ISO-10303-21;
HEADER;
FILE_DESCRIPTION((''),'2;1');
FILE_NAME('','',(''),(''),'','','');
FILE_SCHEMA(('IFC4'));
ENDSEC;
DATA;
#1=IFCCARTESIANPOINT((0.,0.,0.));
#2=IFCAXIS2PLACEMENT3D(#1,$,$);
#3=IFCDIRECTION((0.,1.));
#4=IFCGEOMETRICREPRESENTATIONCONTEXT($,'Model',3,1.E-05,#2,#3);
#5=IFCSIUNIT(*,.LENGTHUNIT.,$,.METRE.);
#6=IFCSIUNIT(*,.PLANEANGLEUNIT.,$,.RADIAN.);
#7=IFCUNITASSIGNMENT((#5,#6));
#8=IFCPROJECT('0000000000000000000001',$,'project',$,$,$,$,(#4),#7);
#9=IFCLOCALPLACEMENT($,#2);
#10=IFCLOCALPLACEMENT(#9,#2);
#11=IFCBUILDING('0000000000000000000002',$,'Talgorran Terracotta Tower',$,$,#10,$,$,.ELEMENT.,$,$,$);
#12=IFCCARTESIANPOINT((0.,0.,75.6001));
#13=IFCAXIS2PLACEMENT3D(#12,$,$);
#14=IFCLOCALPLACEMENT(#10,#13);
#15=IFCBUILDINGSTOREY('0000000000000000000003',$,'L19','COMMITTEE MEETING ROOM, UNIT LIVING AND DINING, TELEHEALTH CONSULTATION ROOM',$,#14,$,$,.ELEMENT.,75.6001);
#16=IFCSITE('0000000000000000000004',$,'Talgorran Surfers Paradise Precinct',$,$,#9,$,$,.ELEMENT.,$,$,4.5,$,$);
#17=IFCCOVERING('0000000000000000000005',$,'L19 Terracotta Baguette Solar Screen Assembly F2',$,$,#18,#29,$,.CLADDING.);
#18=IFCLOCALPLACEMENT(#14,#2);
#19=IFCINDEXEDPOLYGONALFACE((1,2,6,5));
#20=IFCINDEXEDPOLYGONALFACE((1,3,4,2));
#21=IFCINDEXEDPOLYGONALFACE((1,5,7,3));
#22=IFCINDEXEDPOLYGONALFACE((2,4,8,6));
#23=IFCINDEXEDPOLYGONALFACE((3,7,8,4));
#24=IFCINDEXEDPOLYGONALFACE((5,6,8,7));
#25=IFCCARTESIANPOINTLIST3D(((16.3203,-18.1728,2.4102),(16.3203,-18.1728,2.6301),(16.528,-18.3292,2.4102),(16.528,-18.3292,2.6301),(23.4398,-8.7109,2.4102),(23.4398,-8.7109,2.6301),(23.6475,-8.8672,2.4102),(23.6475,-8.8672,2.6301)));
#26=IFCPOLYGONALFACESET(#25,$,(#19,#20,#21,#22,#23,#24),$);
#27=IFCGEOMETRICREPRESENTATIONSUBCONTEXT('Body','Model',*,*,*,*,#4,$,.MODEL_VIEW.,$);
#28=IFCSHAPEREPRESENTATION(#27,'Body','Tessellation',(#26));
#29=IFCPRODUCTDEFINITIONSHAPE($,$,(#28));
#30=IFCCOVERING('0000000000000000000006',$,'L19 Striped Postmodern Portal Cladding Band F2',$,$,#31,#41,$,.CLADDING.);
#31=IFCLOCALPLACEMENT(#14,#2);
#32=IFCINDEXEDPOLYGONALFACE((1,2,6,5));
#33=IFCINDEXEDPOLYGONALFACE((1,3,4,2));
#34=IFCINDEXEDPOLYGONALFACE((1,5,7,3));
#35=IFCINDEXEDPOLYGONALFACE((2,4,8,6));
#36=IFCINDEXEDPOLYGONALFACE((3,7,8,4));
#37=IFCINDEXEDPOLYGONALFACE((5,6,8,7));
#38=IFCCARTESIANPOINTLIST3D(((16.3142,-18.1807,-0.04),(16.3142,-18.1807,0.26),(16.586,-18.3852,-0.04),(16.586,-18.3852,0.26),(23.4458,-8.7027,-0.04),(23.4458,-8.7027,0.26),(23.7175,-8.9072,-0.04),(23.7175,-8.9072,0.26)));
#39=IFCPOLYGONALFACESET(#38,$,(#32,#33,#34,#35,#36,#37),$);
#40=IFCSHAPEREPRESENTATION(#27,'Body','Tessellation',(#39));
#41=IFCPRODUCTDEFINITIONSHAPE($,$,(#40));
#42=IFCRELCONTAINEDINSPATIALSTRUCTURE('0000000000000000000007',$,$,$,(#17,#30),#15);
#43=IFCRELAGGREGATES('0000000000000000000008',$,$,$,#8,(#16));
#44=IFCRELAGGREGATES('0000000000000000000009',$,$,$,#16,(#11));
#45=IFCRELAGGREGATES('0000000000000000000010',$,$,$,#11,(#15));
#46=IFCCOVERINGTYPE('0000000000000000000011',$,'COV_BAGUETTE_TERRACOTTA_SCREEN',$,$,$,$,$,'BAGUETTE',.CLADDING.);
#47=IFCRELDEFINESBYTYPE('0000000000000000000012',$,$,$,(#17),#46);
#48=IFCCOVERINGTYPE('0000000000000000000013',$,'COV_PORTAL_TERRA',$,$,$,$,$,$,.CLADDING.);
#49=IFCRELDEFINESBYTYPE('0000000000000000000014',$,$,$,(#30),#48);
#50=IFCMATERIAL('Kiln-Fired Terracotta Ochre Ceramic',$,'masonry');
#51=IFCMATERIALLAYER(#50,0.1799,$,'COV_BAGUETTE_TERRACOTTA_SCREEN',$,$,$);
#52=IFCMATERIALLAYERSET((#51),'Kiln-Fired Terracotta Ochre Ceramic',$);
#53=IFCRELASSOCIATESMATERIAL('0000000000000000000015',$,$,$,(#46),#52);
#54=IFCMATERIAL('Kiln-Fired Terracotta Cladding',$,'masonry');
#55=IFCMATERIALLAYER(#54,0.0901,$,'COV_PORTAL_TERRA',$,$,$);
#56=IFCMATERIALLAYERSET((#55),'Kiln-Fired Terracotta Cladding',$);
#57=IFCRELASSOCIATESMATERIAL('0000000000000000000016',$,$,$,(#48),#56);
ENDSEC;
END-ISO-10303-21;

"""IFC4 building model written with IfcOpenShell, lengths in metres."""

from ifc_helpers import new_model, si_unit, direction, frame, origin, origin_2d, place, context, subcontext, project, spatial, rectangle, extrude, material, layer, layer_set, type_object, element, save


model = new_model("IFC4")

# Units and contexts
model_context = context("Model", 3, precision=1e-05, world=origin(), true_north=direction((0.0, 1.0)))
body_context = subcontext(model_context, "Body", "Model", "MODEL_VIEW")
ifc_project = project(units=[si_unit("LENGTHUNIT", "METRE"), si_unit("PLANEANGLEUNIT", "RADIAN")], contexts=[model_context])

# Site, building, storey
site_placement = place(None, origin())
site = spatial("IfcSite", under=ifc_project, at=site_placement, Name="Talgorran Surfers Paradise Precinct", CompositionType="ELEMENT", RefElevation=4.5)
building_placement = place(site_placement, origin())
building = spatial("IfcBuilding", under=site, at=building_placement, Name="Talgorran Terracotta Tower", CompositionType="ELEMENT")
storey_placement = place(building_placement, frame((0.0, 0.0, 75.6001)))
storey = spatial("IfcBuildingStorey", under=building, at=storey_placement, Name="L19", Description="COMMITTEE MEETING ROOM, UNIT LIVING AND DINING, TELEHEALTH CONSULTATION ROOM", CompositionType="ELEMENT", Elevation=75.6001)

# Coverings
ifc_material_1 = material(Name="Kiln-Fired Terracotta Ochre Ceramic", Category="masonry")
ifc_layer_1 = layer(ifc_material_1, 0.1799, Name="COV_BAGUETTE_TERRACOTTA_SCREEN")
ifc_layer_set_1 = layer_set([ifc_layer_1], Name="Kiln-Fired Terracotta Ochre Ceramic")
covering_type_1 = type_object("IfcCoveringType", Name="COV_BAGUETTE_TERRACOTTA_SCREEN", ElementType="BAGUETTE", PredefinedType="CLADDING", material=ifc_layer_set_1)
covering_1_placement = place(storey_placement, frame((19.9839, -13.52, 2.4102), z_axis=(0.0, 0.0, 1.0), x_axis=(0.601243, 0.799066, 0.0)))
element("IfcCovering", 1, at=covering_1_placement, inside=storey, type_object=covering_type_1, Name="L19 Terracotta Baguette Solar Screen Assembly F2", PredefinedType="CLADDING", context=body_context, shape_type="SweptSolid", body=[
    extrude(rectangle(XDim=11.8413, YDim=0.26, at=origin_2d()), origin(), (0.0, 0.0, 1.0), 0.22),
])
ifc_material_2 = material(Name="Kiln-Fired Terracotta Cladding", Category="masonry")
ifc_layer_2 = layer(ifc_material_2, 0.0901, Name="COV_PORTAL_TERRA")
ifc_layer_set_2 = layer_set([ifc_layer_2], Name="Kiln-Fired Terracotta Cladding")
covering_type_2 = type_object("IfcCoveringType", Name="COV_PORTAL_TERRA", PredefinedType="CLADDING", material=ifc_layer_set_2)
covering_2_placement = place(storey_placement, frame((20.0159, -13.5439, -0.04), z_axis=(0.0, 0.0, 1.0), x_axis=(0.601243, 0.799066, 0.0)))
element("IfcCovering", 2, at=covering_2_placement, inside=storey, type_object=covering_type_2, Name="L19 Striped Postmodern Portal Cladding Band F2", PredefinedType="CLADDING", context=body_context, shape_type="SweptSolid", body=[
    extrude(rectangle(XDim=11.8613, YDim=0.3401, at=origin_2d()), origin(), (0.0, 0.0, 1.0), 0.3),
])

save(model, "model.ifc")
